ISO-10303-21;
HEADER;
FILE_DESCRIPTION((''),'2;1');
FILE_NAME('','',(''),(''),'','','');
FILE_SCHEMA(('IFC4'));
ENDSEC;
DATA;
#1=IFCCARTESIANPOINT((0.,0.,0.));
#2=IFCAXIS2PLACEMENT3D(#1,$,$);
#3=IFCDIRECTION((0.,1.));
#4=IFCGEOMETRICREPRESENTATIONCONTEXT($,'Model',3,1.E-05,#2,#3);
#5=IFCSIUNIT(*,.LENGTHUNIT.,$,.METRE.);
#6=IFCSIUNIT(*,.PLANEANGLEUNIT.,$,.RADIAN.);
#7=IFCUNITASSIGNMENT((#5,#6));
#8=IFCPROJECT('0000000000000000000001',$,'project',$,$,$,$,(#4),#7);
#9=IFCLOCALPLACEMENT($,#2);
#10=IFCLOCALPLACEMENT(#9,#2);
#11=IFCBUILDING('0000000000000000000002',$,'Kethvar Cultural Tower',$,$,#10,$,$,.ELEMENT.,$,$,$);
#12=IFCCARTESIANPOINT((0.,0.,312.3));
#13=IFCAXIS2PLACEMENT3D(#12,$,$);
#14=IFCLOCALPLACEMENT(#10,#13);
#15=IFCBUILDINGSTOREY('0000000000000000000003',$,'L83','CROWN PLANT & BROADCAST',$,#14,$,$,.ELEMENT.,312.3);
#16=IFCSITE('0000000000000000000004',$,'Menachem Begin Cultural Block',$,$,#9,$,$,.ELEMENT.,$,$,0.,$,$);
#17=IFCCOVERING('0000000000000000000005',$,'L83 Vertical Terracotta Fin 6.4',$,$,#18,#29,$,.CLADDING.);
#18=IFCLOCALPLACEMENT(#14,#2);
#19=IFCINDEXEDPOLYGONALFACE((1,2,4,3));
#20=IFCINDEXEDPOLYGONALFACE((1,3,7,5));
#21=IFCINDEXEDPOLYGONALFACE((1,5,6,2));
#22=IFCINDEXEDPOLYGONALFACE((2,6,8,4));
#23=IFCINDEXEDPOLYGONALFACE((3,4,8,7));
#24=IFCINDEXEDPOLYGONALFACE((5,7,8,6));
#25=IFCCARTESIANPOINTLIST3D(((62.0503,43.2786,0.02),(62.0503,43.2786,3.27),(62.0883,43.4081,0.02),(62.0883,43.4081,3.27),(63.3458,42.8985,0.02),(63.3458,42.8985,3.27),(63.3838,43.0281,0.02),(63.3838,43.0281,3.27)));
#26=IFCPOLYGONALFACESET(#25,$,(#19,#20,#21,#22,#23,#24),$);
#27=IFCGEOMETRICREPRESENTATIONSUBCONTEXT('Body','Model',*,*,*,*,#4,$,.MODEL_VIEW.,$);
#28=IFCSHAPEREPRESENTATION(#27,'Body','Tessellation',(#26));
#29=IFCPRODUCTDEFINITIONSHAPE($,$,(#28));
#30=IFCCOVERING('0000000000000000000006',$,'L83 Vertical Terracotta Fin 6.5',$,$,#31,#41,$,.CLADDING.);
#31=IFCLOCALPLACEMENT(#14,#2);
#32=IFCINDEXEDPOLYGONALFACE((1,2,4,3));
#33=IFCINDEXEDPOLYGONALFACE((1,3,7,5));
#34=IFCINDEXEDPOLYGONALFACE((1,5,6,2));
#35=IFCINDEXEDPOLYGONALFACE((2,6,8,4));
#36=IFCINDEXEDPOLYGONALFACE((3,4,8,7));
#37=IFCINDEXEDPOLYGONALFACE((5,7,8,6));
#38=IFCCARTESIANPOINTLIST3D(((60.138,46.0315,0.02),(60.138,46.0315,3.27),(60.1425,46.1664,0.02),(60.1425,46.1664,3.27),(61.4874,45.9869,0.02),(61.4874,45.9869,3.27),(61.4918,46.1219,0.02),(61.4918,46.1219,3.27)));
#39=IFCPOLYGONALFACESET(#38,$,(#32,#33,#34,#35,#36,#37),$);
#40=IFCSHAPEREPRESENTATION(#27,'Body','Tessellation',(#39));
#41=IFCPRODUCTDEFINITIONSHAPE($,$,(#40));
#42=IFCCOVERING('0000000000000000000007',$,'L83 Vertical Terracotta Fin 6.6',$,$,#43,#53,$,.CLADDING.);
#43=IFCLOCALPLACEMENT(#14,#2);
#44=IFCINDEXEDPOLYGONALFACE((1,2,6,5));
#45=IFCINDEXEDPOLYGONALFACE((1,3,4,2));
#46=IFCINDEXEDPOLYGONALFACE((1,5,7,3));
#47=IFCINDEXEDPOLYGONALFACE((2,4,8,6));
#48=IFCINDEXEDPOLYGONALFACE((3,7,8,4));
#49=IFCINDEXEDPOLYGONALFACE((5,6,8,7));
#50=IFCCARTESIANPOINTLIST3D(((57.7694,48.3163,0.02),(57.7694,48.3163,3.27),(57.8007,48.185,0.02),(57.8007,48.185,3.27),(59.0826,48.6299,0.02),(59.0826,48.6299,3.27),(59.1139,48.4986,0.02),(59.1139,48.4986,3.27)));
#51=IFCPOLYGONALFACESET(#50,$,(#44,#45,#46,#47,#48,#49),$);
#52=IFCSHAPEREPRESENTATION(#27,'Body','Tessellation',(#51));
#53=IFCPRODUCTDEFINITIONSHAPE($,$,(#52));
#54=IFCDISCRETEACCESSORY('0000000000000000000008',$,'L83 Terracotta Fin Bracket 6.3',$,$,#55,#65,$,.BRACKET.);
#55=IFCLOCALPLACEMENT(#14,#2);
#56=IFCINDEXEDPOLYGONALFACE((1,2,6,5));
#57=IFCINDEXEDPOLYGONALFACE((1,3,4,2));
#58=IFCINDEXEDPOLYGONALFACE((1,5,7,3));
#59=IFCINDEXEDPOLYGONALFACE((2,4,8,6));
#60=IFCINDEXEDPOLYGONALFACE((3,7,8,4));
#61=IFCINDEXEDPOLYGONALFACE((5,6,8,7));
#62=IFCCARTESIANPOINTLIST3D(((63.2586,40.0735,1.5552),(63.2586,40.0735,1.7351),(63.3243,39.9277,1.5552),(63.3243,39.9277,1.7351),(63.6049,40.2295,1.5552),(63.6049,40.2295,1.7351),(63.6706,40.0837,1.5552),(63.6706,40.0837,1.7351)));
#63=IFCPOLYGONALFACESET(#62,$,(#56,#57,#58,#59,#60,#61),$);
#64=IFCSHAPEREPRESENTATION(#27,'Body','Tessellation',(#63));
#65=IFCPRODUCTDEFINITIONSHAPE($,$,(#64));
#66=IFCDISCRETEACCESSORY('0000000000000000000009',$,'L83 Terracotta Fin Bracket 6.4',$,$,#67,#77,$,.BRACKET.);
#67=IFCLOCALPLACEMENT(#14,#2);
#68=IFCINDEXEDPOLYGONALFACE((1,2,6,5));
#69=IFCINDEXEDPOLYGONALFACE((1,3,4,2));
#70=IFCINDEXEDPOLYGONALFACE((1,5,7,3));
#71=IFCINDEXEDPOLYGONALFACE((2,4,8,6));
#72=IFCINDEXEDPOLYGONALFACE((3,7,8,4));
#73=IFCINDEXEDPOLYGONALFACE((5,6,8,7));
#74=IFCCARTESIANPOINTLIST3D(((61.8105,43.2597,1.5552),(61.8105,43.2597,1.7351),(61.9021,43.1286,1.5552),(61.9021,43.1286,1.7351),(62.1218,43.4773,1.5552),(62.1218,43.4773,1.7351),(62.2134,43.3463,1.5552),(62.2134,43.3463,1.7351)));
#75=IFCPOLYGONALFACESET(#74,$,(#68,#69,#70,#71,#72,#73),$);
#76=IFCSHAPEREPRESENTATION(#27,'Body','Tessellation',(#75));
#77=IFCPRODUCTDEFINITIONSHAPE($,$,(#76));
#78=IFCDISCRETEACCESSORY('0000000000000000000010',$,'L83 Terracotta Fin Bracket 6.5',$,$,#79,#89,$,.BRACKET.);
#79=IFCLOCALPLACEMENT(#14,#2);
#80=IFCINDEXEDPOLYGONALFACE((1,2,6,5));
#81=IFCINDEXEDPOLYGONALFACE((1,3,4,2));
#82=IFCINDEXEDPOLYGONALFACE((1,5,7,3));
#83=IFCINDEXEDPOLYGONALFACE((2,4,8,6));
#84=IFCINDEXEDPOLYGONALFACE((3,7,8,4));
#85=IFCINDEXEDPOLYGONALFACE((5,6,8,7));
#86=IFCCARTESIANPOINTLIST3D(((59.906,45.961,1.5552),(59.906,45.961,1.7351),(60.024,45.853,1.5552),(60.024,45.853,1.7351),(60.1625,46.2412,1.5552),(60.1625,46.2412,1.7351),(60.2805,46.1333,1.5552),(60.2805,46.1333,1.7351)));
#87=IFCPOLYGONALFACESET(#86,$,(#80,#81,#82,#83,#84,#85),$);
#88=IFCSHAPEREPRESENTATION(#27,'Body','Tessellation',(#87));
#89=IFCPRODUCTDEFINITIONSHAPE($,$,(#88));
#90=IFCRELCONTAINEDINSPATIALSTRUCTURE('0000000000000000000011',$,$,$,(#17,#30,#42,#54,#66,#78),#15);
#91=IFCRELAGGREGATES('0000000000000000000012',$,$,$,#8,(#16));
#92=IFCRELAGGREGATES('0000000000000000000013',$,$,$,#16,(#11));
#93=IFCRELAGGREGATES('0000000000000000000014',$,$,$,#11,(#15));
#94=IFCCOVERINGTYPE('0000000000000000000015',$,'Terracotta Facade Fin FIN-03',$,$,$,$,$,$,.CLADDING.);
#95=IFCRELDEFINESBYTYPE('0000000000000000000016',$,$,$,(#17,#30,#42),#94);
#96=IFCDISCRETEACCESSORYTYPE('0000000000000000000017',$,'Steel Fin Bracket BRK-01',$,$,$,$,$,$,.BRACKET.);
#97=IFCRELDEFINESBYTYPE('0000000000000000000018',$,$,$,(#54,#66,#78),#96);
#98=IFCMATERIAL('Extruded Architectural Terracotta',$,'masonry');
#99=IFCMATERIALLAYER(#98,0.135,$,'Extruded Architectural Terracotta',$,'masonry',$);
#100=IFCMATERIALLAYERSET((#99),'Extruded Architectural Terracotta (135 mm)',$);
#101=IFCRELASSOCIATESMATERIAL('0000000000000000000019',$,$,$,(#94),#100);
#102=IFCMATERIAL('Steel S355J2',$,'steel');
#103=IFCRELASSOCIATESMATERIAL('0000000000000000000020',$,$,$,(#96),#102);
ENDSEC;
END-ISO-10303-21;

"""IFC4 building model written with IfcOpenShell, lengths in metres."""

from ifc_helpers import new_model, si_unit, direction, frame, origin, origin_2d, place, context, subcontext, project, spatial, rectangle, extrude, source, transform, mapped, material, layer, layer_set, type_object, element, save


model = new_model("IFC4")

# Units and contexts
model_context = context("Model", 3, precision=1e-05, world=origin(), true_north=direction((0.0, 1.0)))
body_context = subcontext(model_context, "Body", "Model", "MODEL_VIEW")
ifc_project = project(units=[si_unit("LENGTHUNIT", "METRE"), si_unit("PLANEANGLEUNIT", "RADIAN")], contexts=[model_context])

# Site, building, storey
site_placement = place(None, origin())
site = spatial("IfcSite", under=ifc_project, at=site_placement, Name="Menachem Begin Cultural Block", CompositionType="ELEMENT", RefElevation=0.0)
building_placement = place(site_placement, origin())
building = spatial("IfcBuilding", under=site, at=building_placement, Name="Kethvar Cultural Tower", CompositionType="ELEMENT")
storey_placement = place(building_placement, frame((0.0, 0.0, 312.3)))
storey = spatial("IfcBuildingStorey", under=building, at=storey_placement, Name="L83", Description="CROWN PLANT & BROADCAST", CompositionType="ELEMENT", Elevation=312.3)

# Shared definitions
ifc_material_1 = material(Name="Steel S355J2", Category="steel")

# Coverings
ifc_material_2 = material(Name="Extruded Architectural Terracotta", Category="masonry")
ifc_layer_1 = layer(ifc_material_2, 0.135, Name="Extruded Architectural Terracotta", Category="masonry")
ifc_layer_set_1 = layer_set([ifc_layer_1], Name="Extruded Architectural Terracotta (135 mm)")
covering_type = type_object("IfcCoveringType", Name="Terracotta Facade Fin FIN-03", PredefinedType="CLADDING", material=ifc_layer_set_1)
shared_shape_1 = source(origin(), body_context, "Body", "SweptSolid", [
    extrude(rectangle(XDim=1.3501, YDim=0.135, at=origin_2d()), origin(), (0.0, 0.0, 1.0), 3.25),
])
for number, where, z_axis, x_axis, name in (
    (1, (62.717, 43.1533, 0.02), (0.0, 0.0, 1.0), (0.95956, -0.281504, 0.0), "L83 Vertical Terracotta Fin 6.4"),
    (2, (60.8149, 46.0767, 0.02), (0.0, 0.0, 1.0), (0.999456, -0.032981, 0.0), "L83 Vertical Terracotta Fin 6.5"),
    (3, (58.4417, 48.4075, 0.02), (0.0, 0.0, 1.0), (0.972654, 0.232257, 0.0), "L83 Vertical Terracotta Fin 6.6"),
):
    element("IfcCovering", number, at=place(storey_placement, frame(where, z_axis=z_axis, x_axis=x_axis)), inside=storey, type_object=covering_type, Name=name, PredefinedType="CLADDING", context=body_context, shape_type="MappedRepresentation", body=[
        mapped(shared_shape_1, transform((0.0, 0.0, 0.0), scale=1.0)),
    ])

# Discrete accessories
discrete_accessory_type = type_object("IfcDiscreteAccessoryType", Name="Steel Fin Bracket BRK-01", PredefinedType="BRACKET", material=ifc_material_1)
shared_shape_2 = source(origin(), body_context, "Body", "SweptSolid", [
    extrude(rectangle(XDim=0.3799, YDim=0.1599, at=origin_2d()), origin(), (0.0, 0.0, 1.0), 0.1799),
])
for number, where, z_axis, x_axis, name in (
    (4, (63.4646, 40.0786, 1.5552), (0.0, 0.0, 1.0), (0.911762, 0.410719, 0.0), "L83 Terracotta Fin Bracket 6.3"),
    (5, (62.012, 43.303, 1.5552), (0.0, 0.0, 1.0), (0.819552, 0.573004, 0.0), "L83 Terracotta Fin Bracket 6.4"),
    (6, (60.0933, 46.0471, 1.5552), (0.0, 0.0, 1.0), (0.675075, 0.737749, 0.0), "L83 Terracotta Fin Bracket 6.5"),
):
    element("IfcDiscreteAccessory", number, at=place(storey_placement, frame(where, z_axis=z_axis, x_axis=x_axis)), inside=storey, type_object=discrete_accessory_type, Name=name, PredefinedType="BRACKET", context=body_context, shape_type="MappedRepresentation", body=[
        mapped(shared_shape_2, transform((0.0, 0.0, 0.0), scale=1.0)),
    ])

save(model, "model.ifc")
